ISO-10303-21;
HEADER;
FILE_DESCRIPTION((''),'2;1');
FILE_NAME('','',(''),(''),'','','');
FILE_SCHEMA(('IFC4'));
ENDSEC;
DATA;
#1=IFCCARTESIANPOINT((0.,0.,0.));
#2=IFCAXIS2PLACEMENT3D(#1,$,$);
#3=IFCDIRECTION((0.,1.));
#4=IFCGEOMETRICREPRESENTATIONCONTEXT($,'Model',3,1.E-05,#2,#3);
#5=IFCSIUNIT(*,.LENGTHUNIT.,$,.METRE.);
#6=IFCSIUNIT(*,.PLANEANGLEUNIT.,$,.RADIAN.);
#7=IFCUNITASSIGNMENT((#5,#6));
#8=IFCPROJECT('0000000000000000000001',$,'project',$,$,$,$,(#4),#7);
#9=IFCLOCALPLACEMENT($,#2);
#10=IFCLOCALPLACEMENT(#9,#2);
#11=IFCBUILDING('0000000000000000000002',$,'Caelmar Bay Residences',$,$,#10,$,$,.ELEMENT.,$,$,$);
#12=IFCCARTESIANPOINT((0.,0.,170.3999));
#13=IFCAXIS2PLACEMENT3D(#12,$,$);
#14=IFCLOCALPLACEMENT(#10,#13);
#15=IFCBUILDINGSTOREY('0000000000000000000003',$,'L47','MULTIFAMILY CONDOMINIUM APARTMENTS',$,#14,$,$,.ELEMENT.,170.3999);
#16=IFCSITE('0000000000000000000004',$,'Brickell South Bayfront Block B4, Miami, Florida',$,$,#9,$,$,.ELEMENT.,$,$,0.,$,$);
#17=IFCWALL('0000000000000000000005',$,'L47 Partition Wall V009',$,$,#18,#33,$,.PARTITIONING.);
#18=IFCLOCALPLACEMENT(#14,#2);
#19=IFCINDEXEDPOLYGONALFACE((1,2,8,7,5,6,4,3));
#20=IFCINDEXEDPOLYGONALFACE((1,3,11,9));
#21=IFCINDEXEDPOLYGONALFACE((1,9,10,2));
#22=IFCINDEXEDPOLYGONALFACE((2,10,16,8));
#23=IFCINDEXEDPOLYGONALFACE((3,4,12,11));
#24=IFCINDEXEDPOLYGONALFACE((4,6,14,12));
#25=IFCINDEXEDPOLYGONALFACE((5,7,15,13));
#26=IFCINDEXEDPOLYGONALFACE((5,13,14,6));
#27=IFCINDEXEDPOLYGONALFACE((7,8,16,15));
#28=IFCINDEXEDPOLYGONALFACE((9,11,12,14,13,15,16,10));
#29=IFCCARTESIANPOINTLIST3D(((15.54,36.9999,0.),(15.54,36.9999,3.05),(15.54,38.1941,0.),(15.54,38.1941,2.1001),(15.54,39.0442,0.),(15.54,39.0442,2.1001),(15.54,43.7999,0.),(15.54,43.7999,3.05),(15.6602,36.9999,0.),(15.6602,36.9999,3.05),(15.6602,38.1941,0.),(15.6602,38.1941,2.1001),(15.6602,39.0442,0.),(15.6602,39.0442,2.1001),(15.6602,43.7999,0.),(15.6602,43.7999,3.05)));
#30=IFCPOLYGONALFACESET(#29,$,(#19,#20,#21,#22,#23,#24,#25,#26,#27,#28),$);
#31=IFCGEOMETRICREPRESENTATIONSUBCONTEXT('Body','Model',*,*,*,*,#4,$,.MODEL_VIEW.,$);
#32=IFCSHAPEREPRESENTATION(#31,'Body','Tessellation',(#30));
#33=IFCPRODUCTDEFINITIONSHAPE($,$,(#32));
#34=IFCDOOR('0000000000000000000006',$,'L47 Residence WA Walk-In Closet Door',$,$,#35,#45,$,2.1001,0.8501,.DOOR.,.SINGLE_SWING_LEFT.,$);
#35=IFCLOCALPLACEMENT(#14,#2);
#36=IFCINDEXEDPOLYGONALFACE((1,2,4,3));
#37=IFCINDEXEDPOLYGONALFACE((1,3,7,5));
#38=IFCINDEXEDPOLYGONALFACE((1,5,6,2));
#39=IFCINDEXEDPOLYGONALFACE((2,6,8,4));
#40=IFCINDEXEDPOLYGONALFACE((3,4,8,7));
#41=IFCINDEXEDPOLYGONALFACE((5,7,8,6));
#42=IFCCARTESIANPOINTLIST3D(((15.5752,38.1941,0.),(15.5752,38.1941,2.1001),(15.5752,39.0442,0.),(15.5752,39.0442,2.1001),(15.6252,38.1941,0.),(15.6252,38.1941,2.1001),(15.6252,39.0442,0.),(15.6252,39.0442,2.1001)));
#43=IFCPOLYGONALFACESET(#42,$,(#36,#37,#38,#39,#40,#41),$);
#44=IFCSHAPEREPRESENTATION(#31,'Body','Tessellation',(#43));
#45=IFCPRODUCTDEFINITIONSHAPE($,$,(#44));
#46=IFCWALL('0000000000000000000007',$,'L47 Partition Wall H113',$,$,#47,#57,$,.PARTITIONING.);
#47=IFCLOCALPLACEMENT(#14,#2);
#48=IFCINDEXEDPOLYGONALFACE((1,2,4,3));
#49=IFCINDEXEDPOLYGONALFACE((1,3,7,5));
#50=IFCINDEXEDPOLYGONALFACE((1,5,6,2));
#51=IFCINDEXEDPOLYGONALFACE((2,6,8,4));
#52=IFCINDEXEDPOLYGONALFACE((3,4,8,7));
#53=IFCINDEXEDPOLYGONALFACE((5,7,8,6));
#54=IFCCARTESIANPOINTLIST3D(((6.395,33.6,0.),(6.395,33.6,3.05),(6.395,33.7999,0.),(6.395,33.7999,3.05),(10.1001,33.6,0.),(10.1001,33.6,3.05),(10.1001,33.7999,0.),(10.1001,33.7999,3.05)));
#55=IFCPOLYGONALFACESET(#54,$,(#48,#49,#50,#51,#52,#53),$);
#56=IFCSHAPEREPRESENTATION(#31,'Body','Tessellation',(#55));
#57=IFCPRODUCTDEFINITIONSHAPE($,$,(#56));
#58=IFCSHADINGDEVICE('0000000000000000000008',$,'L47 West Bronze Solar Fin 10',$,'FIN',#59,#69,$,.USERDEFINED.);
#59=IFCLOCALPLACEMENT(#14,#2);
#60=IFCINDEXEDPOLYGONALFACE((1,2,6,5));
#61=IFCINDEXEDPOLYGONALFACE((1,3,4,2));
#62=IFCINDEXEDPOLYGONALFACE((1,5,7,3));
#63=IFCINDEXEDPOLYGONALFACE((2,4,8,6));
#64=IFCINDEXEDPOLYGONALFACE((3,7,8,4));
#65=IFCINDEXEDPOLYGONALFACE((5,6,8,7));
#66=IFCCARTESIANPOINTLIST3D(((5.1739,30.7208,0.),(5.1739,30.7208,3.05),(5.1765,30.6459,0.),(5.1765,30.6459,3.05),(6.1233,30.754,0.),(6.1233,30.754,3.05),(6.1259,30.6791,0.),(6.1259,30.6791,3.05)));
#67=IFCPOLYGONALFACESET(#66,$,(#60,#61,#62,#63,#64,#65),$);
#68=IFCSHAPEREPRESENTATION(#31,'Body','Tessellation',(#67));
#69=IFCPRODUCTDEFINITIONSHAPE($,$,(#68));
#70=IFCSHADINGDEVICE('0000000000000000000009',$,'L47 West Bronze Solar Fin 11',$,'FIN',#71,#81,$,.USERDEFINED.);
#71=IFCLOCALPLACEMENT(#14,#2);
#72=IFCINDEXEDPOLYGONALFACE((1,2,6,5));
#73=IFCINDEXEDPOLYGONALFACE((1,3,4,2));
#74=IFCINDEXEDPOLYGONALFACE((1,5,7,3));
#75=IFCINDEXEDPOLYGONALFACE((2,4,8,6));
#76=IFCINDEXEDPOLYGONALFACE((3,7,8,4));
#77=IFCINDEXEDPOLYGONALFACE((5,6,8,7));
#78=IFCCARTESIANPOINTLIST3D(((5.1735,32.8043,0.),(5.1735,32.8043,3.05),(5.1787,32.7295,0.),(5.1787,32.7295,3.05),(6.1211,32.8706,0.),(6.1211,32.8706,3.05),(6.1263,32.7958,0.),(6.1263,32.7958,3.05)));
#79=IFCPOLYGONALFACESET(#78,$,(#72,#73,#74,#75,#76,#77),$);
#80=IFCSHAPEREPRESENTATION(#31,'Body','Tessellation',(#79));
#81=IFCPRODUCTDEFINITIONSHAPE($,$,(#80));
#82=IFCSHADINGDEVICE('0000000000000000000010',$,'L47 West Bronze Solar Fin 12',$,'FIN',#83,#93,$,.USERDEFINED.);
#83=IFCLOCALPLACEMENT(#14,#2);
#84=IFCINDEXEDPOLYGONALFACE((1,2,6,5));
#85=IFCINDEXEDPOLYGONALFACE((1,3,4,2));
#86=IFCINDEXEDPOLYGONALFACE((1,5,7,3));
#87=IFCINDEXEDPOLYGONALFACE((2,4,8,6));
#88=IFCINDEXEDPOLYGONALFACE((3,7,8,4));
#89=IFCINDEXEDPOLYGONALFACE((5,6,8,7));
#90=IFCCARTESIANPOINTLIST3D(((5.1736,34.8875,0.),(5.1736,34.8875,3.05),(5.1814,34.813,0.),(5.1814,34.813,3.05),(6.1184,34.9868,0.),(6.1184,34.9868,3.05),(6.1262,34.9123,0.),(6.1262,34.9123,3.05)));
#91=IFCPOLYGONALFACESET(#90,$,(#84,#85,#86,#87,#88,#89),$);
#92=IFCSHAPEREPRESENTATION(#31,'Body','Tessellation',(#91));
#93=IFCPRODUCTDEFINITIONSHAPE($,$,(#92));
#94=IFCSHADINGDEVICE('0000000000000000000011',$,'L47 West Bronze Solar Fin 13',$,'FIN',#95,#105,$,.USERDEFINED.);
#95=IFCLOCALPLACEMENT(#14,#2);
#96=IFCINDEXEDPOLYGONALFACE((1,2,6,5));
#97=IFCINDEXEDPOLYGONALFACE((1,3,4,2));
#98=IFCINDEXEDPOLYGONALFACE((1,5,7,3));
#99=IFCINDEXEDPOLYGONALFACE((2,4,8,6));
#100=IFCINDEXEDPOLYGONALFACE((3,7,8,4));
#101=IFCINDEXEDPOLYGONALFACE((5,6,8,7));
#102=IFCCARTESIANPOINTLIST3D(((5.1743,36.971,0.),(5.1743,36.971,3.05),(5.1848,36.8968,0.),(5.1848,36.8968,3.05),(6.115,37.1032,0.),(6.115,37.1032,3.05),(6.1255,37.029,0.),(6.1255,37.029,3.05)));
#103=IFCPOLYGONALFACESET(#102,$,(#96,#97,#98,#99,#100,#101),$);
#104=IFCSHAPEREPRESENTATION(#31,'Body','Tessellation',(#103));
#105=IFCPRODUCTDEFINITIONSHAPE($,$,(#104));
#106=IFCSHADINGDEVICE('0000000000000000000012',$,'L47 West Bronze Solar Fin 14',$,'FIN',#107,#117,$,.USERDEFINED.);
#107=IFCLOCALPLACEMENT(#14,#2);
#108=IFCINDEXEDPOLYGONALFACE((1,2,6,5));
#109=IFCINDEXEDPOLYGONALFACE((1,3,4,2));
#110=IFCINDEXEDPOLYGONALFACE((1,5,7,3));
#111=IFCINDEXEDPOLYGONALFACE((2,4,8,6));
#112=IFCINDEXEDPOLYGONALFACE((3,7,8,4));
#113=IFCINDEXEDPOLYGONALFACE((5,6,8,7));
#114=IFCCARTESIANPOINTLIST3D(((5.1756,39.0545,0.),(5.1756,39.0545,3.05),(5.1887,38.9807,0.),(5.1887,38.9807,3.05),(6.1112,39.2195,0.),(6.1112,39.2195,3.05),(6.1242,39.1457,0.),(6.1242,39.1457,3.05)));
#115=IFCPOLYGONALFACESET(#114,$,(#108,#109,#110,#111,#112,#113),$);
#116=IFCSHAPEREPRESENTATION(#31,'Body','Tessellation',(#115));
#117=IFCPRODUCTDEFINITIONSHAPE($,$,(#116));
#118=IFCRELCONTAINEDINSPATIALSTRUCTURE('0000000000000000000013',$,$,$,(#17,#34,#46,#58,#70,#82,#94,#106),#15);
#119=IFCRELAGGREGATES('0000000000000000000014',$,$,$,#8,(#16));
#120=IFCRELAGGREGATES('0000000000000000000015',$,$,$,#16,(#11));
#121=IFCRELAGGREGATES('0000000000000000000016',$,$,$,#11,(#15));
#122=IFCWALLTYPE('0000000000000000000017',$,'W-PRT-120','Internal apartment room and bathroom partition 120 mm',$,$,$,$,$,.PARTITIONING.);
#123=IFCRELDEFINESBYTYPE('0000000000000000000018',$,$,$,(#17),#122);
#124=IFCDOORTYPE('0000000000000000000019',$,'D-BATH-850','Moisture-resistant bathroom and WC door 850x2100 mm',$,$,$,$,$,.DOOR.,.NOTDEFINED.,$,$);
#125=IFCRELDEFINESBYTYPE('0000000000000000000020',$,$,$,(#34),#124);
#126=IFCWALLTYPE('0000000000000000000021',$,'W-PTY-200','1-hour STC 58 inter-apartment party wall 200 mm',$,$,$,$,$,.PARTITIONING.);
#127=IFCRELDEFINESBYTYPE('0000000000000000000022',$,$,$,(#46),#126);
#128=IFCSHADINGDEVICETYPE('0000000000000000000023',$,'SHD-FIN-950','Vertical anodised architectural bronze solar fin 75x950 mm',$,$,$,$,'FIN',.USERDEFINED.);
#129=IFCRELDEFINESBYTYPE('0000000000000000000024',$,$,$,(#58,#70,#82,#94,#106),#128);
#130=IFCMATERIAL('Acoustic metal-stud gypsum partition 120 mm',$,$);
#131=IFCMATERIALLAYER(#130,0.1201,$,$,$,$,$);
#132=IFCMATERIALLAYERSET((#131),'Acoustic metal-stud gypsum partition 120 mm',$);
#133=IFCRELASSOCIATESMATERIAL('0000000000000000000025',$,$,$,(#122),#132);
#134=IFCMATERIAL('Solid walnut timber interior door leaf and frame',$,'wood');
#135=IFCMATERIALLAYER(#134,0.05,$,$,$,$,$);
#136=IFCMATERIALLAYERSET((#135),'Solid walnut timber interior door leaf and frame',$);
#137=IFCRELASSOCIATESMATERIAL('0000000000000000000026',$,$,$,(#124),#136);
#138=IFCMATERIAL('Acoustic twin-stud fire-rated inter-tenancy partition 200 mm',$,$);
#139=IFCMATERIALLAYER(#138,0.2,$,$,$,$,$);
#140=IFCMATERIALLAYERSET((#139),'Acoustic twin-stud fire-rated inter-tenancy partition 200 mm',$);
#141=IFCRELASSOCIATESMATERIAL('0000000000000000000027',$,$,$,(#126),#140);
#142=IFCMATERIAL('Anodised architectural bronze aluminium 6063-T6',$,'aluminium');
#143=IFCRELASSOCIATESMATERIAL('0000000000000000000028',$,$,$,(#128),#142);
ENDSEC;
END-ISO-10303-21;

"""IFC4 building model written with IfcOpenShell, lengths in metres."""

from ifc_helpers import new_model, si_unit, direction, frame, frame_2d, origin, origin_2d, place, context, subcontext, project, spatial, rectangle, extrude, material, layer, layer_set, material_profile, profile_set, type_object, element, fill, save


model = new_model("IFC4")

# Units and contexts
model_context = context("Model", 3, precision=1e-05, world=origin(), true_north=direction((0.0, 1.0)))
body_context = subcontext(model_context, "Body", "Model", "MODEL_VIEW")
ifc_project = project(units=[si_unit("LENGTHUNIT", "METRE"), si_unit("PLANEANGLEUNIT", "RADIAN")], contexts=[model_context])

# Site, building, storey
site_placement = place(None, origin())
site = spatial("IfcSite", under=ifc_project, at=site_placement, Name="Brickell South Bayfront Block B4, Miami, Florida", CompositionType="ELEMENT", RefElevation=0.0)
building_placement = place(site_placement, origin())
building = spatial("IfcBuilding", under=site, at=building_placement, Name="Caelmar Bay Residences", CompositionType="ELEMENT")
storey_placement = place(building_placement, frame((0.0, 0.0, 170.3999)))
storey = spatial("IfcBuildingStorey", under=building, at=storey_placement, Name="L47", Description="MULTIFAMILY CONDOMINIUM APARTMENTS", CompositionType="ELEMENT", Elevation=170.3999)

# Wall, opening, door
ifc_material_1 = material(Name="Solid walnut timber interior door leaf and frame", Category="wood")
ifc_material_2 = material(Name="Acoustic metal-stud gypsum partition 120 mm")
ifc_layer_1 = layer(ifc_material_2, 0.1201)
ifc_layer_set_1 = layer_set([ifc_layer_1], Name="Acoustic metal-stud gypsum partition 120 mm")
wall_type_1 = type_object("IfcWallType", Name="W-PRT-120", Description="Internal apartment room and bathroom partition 120 mm", PredefinedType="PARTITIONING", material=ifc_layer_set_1)
wall_1_placement = place(storey_placement, frame((15.6001, 37.0, 0.0), z_axis=(0.0, 0.0, 1.0), x_axis=(0.0, 1.0, 0.0)))
wall_1 = element("IfcWall", 1, at=wall_1_placement, inside=storey, type_object=wall_type_1, Name="L47 Partition Wall V009", PredefinedType="PARTITIONING", context=body_context, shape_type="SweptSolid", body=[
    extrude(rectangle(XDim=6.8, YDim=0.1201, at=frame_2d((3.3999, 0.0))), origin(), (0.0, 0.0, 1.0), 3.05),
])
opening_1_placement = place(wall_1_placement, frame((1.1941, 0.0, 0.0)))
opening_1 = element("IfcOpeningElement", 2, at=opening_1_placement, cuts=wall_1, PredefinedType="OPENING", context=body_context, shape_type="SweptSolid", body=[
    extrude(rectangle(XDim=0.8501, YDim=2.1001, at=frame_2d((0.425, 1.05))), frame((0.0, 0.0701, 0.0), z_axis=(0.0, -1.0, 0.0), x_axis=(1.0, 0.0, 0.0)), (0.0, 0.0, 1.0), 0.1401),
])
ifc_layer_2 = layer(ifc_material_1, 0.05)
ifc_layer_set_2 = layer_set([ifc_layer_2], Name="Solid walnut timber interior door leaf and frame")
door_type_1 = type_object("IfcDoorType", Name="D-BATH-850", Description="Moisture-resistant bathroom and WC door 850x2100 mm", OperationType="NOTDEFINED", PredefinedType="DOOR", material=ifc_layer_set_2)
door_1_placement = place(opening_1_placement, origin())
door_1 = element("IfcDoor", 3, at=door_1_placement, inside=storey, type_object=door_type_1, Name="L47 Residence WA Walk-In Closet Door", OperationType="SINGLE_SWING_LEFT", OverallHeight=2.1001, OverallWidth=0.8501, PredefinedType="DOOR", context=body_context, shape_type="SweptSolid", body=[
    extrude(rectangle(XDim=0.8501, YDim=2.1001, at=frame_2d((0.425, 1.05))), frame((0.0, 0.0249, 0.0), z_axis=(0.0, -1.0, 0.0), x_axis=(1.0, 0.0, 0.0)), (0.0, 0.0, 1.0), 0.05),
])
fill(opening_1, door_1)

# Wall
ifc_material_3 = material(Name="Acoustic twin-stud fire-rated inter-tenancy partition 200 mm")
ifc_layer_3 = layer(ifc_material_3, 0.2)
ifc_layer_set_3 = layer_set([ifc_layer_3], Name="Acoustic twin-stud fire-rated inter-tenancy partition 200 mm")
wall_type_2 = type_object("IfcWallType", Name="W-PTY-200", Description="1-hour STC 58 inter-apartment party wall 200 mm", PredefinedType="PARTITIONING", material=ifc_layer_set_3)
wall_2_placement = place(storey_placement, frame((6.395, 33.7, 0.0), z_axis=(0.0, 0.0, 1.0), x_axis=(1.0, 0.0, 0.0)))
element("IfcWall", 4, at=wall_2_placement, inside=storey, type_object=wall_type_2, Name="L47 Partition Wall H113", PredefinedType="PARTITIONING", context=body_context, shape_type="SweptSolid", body=[
    extrude(rectangle(XDim=3.7051, YDim=0.2, at=frame_2d((1.8525, 0.0))), origin(), (0.0, 0.0, 1.0), 3.05),
])

# Shading devices
ifc_material_4 = material(Name="Anodised architectural bronze aluminium 6063-T6", Category="aluminium")
ifc_material_profile = material_profile(ifc_material_4, rectangle(XDim=0.075, YDim=0.95, at=origin_2d()), Name="BRONZE-FIN-75X950")
ifc_profile_set = profile_set([ifc_material_profile], Name="Anodised architectural bronze aluminium 6063-T6")
shading_device_type = type_object("IfcShadingDeviceType", Name="SHD-FIN-950", Description="Vertical anodised architectural bronze solar fin 75x950 mm", ElementType="FIN", PredefinedType="USERDEFINED", material=ifc_profile_set)
for number, where, z_axis, x_axis, name in (
    (5, (5.6499, 30.7, 0.0), (0.0, 0.0, 1.0), (-0.034899, 0.999391, 0.0), "L47 West Bronze Solar Fin 10"),
    (6, (5.6499, 32.8, 0.0), (0.0, 0.0, 1.0), (-0.069756, 0.997564, 0.0), "L47 West Bronze Solar Fin 11"),
    (7, (5.6499, 34.8999, 0.0), (0.0, 0.0, 1.0), (-0.104528, 0.994522, 0.0), "L47 West Bronze Solar Fin 12"),
    (8, (5.6499, 37.0, 0.0), (0.0, 0.0, 1.0), (-0.139173, 0.990268, 0.0), "L47 West Bronze Solar Fin 13"),
    (9, (5.6499, 39.1001, 0.0), (0.0, 0.0, 1.0), (-0.173648, 0.984808, 0.0), "L47 West Bronze Solar Fin 14"),
):
    element("IfcShadingDevice", number, at=place(storey_placement, frame(where, z_axis=z_axis, x_axis=x_axis)), inside=storey, type_object=shading_device_type, Name=name, ObjectType="FIN", PredefinedType="USERDEFINED", context=body_context, shape_type="SweptSolid", body=[
        extrude(rectangle(XDim=0.075, YDim=0.95, at=origin_2d()), origin(), (0.0, 0.0, 1.0), 3.05),
    ])

save(model, "model.ifc")
